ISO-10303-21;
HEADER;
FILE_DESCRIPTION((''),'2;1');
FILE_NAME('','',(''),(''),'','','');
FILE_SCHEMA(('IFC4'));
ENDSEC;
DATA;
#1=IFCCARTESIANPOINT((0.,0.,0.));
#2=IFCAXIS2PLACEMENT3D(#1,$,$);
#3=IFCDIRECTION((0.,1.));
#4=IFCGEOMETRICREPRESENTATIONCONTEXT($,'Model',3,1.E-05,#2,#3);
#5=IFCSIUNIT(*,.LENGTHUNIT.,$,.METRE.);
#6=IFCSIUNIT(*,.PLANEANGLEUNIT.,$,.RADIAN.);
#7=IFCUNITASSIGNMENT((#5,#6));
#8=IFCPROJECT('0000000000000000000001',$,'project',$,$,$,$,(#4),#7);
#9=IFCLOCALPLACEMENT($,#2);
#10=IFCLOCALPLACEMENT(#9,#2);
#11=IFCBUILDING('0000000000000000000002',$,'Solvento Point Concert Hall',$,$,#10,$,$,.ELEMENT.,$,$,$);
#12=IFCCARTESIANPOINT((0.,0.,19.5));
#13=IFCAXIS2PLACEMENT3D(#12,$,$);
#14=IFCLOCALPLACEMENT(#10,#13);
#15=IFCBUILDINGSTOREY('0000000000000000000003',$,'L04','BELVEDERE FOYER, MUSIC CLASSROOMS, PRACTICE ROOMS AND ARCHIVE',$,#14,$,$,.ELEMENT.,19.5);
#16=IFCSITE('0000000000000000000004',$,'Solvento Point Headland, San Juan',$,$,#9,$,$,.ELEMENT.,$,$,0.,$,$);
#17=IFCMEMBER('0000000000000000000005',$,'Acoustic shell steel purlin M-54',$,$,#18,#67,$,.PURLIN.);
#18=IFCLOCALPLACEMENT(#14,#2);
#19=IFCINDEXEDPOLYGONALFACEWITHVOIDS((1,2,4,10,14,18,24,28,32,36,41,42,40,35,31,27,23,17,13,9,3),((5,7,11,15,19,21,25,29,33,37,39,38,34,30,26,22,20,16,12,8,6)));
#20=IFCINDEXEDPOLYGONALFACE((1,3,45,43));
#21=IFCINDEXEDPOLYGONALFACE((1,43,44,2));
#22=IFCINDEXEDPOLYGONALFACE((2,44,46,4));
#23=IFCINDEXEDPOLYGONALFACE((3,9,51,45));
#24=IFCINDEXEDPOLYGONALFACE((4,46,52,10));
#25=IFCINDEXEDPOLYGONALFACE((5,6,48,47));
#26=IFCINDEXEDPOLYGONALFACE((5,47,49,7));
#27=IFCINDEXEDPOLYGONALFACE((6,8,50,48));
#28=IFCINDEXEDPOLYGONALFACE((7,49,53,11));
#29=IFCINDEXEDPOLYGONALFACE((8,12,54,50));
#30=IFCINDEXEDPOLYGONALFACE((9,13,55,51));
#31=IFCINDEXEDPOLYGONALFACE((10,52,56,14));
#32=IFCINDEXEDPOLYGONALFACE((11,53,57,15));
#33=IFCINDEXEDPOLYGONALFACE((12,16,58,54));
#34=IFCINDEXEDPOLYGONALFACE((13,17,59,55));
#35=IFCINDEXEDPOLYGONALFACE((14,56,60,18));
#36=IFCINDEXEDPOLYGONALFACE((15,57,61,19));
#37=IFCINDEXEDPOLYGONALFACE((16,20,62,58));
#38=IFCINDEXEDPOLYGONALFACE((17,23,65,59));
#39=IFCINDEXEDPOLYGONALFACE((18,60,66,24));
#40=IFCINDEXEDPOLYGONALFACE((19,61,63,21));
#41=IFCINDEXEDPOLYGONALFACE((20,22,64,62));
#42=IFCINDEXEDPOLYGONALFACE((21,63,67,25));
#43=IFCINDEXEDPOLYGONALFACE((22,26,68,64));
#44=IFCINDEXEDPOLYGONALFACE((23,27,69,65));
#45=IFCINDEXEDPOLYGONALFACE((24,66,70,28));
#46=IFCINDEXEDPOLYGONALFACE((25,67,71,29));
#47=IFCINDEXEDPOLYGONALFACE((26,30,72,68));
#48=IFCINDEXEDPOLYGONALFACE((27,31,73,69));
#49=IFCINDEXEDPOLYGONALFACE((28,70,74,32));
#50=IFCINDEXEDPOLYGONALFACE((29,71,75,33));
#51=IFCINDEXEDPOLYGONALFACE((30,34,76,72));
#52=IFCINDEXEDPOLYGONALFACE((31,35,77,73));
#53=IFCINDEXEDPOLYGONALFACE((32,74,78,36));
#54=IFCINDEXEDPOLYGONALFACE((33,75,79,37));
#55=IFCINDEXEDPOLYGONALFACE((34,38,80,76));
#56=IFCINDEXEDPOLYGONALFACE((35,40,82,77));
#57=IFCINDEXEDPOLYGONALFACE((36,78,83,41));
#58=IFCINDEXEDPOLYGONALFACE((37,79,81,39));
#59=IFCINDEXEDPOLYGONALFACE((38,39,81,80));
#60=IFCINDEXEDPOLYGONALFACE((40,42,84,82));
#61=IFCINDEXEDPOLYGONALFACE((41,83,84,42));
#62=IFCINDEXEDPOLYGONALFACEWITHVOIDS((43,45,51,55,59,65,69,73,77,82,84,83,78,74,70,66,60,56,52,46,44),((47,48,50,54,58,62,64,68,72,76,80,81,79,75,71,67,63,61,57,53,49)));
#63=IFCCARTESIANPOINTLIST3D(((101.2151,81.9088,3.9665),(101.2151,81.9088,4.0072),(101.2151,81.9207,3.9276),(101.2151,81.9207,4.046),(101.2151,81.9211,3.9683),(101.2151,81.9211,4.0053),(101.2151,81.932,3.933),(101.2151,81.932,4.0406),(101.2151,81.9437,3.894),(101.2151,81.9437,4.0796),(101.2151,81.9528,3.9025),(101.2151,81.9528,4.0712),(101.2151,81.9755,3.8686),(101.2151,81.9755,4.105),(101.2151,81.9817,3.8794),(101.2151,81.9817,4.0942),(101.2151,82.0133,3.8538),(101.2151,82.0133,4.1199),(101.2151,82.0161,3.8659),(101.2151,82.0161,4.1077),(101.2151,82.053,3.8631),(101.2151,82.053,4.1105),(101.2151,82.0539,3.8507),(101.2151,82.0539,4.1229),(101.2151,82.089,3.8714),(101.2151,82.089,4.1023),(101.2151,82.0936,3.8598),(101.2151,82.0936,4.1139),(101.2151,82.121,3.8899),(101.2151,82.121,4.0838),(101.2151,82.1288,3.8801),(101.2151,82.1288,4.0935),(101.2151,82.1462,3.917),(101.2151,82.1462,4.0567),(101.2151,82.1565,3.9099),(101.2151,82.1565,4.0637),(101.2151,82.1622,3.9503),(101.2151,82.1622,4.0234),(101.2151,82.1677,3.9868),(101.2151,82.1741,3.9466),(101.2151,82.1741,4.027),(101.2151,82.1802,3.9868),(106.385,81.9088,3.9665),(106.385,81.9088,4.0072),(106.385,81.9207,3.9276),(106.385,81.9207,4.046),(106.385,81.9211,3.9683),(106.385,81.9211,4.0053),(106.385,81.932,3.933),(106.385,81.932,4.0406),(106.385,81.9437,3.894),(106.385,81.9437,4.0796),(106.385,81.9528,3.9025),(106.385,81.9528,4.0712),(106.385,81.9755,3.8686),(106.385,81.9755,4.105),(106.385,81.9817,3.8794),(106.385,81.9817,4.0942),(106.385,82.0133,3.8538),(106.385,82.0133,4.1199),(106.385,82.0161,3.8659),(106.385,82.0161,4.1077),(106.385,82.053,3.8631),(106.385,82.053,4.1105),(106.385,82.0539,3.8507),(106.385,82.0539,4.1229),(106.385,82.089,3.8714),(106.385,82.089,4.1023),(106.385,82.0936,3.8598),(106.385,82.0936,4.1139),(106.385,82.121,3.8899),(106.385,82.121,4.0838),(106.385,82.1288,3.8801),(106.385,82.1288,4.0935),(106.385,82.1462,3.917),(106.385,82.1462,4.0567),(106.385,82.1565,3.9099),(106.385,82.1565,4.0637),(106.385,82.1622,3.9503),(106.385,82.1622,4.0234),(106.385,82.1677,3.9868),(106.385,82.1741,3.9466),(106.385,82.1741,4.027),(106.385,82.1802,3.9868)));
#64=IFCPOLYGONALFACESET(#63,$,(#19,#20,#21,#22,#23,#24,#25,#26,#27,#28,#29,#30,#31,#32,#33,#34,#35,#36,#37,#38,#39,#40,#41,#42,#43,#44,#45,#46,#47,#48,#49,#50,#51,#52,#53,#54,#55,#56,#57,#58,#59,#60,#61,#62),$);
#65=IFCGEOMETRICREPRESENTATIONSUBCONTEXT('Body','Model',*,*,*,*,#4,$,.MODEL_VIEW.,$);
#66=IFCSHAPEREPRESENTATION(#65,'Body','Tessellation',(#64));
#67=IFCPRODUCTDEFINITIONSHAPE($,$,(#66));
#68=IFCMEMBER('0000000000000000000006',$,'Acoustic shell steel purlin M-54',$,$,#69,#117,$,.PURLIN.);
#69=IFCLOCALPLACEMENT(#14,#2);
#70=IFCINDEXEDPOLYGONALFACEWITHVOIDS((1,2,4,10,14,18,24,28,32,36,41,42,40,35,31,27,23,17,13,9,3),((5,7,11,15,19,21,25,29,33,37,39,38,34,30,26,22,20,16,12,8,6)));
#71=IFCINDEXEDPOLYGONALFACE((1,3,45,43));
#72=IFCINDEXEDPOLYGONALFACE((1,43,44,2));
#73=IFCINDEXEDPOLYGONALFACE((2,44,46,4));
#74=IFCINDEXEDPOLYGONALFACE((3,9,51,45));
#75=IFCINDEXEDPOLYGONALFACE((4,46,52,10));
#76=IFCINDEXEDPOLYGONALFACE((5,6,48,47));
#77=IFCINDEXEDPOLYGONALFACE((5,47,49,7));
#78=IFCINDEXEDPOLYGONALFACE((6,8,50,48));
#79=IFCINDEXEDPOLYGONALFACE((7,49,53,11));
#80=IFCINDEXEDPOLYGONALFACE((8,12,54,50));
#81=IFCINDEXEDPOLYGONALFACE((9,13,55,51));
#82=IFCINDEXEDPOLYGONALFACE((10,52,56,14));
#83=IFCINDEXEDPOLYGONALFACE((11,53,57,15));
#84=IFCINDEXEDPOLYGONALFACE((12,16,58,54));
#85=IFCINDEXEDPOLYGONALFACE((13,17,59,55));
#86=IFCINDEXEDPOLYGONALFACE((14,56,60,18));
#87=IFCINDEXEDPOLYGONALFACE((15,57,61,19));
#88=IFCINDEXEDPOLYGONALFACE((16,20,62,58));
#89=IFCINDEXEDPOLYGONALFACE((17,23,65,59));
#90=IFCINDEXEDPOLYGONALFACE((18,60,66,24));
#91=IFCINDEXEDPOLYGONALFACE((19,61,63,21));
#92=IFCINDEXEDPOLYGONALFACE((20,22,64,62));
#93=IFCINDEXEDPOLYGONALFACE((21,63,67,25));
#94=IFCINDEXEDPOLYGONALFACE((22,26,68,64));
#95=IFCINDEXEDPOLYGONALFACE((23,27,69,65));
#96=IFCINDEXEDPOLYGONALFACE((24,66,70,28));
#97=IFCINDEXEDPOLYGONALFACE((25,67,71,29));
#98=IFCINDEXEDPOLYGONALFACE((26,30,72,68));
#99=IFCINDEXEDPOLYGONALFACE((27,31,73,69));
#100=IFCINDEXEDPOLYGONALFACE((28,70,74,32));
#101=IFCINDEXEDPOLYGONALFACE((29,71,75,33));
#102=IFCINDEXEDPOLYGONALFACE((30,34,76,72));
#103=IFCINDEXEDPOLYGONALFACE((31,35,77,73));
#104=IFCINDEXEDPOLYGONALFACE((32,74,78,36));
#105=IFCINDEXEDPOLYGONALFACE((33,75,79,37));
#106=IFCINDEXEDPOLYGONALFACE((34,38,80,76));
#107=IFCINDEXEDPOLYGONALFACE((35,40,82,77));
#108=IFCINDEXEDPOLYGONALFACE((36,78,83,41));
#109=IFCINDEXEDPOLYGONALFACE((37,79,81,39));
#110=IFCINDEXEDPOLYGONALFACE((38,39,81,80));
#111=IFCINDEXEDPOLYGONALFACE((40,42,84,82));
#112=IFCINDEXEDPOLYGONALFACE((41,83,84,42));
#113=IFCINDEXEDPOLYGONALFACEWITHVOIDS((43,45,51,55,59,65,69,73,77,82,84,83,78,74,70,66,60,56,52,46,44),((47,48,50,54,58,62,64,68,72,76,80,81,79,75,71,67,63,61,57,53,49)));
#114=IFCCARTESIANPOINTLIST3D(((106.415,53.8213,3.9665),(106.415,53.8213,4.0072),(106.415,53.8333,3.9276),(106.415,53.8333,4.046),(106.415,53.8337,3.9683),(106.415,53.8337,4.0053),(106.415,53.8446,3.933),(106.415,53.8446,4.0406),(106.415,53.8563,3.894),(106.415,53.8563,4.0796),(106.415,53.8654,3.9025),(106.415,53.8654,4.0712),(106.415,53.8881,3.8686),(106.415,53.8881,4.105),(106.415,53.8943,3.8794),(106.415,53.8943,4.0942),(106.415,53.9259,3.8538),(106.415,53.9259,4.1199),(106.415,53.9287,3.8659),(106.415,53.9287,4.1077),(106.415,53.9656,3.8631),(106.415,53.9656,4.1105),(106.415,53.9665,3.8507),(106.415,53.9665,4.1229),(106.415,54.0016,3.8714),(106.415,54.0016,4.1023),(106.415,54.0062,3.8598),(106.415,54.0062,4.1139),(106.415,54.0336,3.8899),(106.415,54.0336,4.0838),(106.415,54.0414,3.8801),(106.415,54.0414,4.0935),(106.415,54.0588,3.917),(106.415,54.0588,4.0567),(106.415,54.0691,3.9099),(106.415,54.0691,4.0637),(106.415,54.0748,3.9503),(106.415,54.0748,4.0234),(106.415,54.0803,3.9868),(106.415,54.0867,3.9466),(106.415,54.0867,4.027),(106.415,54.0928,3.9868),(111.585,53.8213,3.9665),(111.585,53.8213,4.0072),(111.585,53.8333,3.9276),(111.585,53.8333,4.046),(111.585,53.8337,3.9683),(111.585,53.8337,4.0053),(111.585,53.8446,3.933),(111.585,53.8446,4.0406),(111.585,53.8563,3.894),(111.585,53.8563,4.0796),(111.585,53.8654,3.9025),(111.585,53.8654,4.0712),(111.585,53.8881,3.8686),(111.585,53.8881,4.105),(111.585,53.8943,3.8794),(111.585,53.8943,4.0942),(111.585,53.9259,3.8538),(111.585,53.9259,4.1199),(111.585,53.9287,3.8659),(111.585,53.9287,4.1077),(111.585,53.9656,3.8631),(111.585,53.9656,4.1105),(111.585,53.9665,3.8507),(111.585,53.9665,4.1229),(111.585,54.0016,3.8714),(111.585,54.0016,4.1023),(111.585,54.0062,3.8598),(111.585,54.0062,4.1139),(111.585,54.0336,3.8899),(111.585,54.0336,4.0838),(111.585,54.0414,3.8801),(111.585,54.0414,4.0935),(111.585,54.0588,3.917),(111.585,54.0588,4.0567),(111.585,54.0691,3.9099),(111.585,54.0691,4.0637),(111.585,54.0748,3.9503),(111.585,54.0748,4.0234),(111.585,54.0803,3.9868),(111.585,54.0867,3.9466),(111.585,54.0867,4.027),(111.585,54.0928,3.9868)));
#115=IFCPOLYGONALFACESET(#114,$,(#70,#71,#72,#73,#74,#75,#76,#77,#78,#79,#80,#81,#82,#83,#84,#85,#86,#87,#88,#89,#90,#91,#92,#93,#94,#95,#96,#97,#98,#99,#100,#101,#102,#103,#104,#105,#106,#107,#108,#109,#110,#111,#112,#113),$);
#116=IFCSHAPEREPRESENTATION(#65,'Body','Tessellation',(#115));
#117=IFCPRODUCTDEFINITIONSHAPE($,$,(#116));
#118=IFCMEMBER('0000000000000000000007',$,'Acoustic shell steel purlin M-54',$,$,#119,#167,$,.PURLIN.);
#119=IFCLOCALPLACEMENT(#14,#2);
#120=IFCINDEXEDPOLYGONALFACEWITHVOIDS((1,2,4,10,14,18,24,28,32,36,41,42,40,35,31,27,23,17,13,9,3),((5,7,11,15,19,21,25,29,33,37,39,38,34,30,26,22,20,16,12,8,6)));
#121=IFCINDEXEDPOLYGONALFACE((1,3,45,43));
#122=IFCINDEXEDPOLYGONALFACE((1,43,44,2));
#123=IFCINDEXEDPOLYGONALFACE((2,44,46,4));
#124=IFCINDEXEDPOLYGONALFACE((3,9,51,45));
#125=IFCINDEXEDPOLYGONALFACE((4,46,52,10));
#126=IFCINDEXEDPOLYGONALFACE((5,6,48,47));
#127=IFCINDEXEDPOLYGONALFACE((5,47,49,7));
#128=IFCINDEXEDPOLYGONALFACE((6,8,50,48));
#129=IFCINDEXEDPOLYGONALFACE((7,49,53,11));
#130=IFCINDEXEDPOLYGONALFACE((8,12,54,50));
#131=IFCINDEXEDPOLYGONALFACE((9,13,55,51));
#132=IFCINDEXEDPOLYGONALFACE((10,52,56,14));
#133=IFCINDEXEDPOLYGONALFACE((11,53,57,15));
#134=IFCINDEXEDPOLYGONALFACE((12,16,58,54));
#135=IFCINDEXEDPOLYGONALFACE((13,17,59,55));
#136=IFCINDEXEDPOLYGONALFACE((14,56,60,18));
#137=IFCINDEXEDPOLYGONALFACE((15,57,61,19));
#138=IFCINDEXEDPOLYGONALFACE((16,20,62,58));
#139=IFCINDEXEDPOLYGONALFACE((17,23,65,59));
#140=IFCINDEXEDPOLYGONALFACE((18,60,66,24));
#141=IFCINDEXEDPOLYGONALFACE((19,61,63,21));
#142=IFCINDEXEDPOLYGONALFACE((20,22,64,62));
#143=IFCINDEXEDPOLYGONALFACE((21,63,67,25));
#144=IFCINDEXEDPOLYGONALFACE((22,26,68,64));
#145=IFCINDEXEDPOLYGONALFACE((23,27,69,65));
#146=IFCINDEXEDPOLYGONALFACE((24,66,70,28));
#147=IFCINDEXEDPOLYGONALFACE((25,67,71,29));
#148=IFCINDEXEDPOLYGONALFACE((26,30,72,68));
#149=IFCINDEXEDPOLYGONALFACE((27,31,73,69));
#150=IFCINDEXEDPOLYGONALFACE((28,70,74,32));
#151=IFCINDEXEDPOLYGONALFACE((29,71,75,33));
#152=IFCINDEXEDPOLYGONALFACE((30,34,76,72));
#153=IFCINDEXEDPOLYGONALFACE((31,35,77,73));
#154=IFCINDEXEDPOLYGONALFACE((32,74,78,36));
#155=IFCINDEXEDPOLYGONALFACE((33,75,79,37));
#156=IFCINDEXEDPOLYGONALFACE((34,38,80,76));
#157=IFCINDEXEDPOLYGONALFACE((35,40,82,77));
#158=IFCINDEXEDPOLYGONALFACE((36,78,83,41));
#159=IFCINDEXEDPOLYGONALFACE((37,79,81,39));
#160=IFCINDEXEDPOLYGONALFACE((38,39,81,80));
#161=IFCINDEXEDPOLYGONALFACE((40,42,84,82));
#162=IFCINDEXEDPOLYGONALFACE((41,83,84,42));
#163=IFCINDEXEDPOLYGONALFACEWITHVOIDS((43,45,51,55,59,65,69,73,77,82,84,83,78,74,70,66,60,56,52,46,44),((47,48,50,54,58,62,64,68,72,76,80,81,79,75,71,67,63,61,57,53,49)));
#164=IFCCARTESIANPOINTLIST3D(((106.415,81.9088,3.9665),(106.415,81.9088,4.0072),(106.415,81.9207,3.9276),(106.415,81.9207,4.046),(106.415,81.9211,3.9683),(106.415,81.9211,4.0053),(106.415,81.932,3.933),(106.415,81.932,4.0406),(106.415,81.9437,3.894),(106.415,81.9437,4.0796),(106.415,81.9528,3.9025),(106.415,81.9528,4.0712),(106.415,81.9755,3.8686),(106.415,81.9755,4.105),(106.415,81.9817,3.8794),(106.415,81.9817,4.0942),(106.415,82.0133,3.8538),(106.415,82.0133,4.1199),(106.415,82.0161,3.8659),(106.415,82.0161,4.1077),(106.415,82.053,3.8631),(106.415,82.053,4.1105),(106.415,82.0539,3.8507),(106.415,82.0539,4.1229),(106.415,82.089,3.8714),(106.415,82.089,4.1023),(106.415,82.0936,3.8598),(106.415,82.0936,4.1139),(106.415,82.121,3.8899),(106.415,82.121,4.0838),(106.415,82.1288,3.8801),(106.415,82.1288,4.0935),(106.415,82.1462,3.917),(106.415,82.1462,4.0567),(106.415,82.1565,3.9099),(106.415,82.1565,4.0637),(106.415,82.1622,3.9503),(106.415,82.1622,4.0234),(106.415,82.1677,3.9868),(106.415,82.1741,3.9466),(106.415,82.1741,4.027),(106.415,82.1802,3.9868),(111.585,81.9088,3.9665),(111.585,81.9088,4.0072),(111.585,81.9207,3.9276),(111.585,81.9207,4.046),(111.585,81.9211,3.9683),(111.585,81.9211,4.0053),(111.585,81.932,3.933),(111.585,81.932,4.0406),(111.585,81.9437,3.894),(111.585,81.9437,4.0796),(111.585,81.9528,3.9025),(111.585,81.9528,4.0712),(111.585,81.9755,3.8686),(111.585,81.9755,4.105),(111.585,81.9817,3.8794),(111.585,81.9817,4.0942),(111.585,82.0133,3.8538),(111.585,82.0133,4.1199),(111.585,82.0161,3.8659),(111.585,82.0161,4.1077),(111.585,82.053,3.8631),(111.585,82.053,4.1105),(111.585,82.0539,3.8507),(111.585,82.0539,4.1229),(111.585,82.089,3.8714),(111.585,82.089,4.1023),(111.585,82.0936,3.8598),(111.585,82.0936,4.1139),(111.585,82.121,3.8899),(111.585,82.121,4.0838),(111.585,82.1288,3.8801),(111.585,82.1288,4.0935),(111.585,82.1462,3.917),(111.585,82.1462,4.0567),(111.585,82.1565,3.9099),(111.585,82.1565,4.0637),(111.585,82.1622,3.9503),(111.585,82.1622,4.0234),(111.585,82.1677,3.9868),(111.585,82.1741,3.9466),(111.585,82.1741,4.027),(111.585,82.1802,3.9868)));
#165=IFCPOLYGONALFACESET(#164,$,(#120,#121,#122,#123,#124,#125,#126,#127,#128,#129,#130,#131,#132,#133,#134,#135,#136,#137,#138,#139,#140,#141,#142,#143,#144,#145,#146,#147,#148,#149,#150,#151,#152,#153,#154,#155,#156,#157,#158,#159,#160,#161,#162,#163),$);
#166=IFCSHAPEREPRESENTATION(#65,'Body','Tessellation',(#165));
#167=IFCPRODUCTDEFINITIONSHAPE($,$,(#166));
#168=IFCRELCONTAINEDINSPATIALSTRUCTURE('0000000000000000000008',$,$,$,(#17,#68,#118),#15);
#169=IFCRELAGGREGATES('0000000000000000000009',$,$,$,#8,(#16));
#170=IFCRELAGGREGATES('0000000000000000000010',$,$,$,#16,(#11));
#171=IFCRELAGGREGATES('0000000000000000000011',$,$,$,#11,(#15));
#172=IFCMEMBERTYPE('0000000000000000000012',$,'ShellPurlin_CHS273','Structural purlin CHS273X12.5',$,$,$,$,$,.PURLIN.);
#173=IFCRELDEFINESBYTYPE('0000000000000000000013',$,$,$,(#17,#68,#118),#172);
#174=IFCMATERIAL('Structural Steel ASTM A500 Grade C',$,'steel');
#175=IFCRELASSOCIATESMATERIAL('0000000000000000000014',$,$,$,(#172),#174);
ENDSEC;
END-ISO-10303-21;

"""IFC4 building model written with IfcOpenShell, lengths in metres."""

from ifc_helpers import new_model, si_unit, direction, frame, origin, origin_2d, place, context, subcontext, project, spatial, hollow_circle, extrude, material, material_profile, profile_set, type_object, element, save


model = new_model("IFC4")

# Units and contexts
model_context = context("Model", 3, precision=1e-05, world=origin(), true_north=direction((0.0, 1.0)))
body_context = subcontext(model_context, "Body", "Model", "MODEL_VIEW")
ifc_project = project(units=[si_unit("LENGTHUNIT", "METRE"), si_unit("PLANEANGLEUNIT", "RADIAN")], contexts=[model_context])

# Site, building, storey
site_placement = place(None, origin())
site = spatial("IfcSite", under=ifc_project, at=site_placement, Name="Solvento Point Headland, San Juan", CompositionType="ELEMENT", RefElevation=0.0)
building_placement = place(site_placement, origin())
building = spatial("IfcBuilding", under=site, at=building_placement, Name="Solvento Point Concert Hall", CompositionType="ELEMENT")
storey_placement = place(building_placement, frame((0.0, 0.0, 19.5)))
storey = spatial("IfcBuildingStorey", under=building, at=storey_placement, Name="L04", Description="BELVEDERE FOYER, MUSIC CLASSROOMS, PRACTICE ROOMS AND ARCHIVE", CompositionType="ELEMENT", Elevation=19.5)

# Members
ifc_material_1 = material(Name="Structural Steel ASTM A500 Grade C", Category="steel")
ifc_material_profile_1 = material_profile(ifc_material_1, hollow_circle(Radius=0.1365, WallThickness=0.0125, at=origin_2d()), Name="CHS273X12.5")
ifc_profile_set_1 = profile_set([ifc_material_profile_1], Name="Structural Steel ASTM A500 Grade C")
member_type_1 = type_object("IfcMemberType", Name="ShellPurlin_CHS273", Description="Structural purlin CHS273X12.5", PredefinedType="PURLIN", material=ifc_profile_set_1)
for number, where, z_axis, x_axis, name in (
    (1, (101.2151, 82.0437, 3.9868), (1.0, 0.0, 0.0), (0.0, 1.0, 0.0), "Acoustic shell steel purlin M-54"),
    (2, (106.415, 53.9563, 3.9868), (1.0, 0.0, 0.0), (0.0, 1.0, 0.0), "Acoustic shell steel purlin M-54"),
    (3, (106.415, 82.0437, 3.9868), (1.0, 0.0, 0.0), (0.0, 1.0, 0.0), "Acoustic shell steel purlin M-54"),
):
    element("IfcMember", number, at=place(storey_placement, frame(where, z_axis=z_axis, x_axis=x_axis)), inside=storey, type_object=member_type_1, Name=name, PredefinedType="PURLIN", context=body_context, shape_type="SweptSolid", body=[
        extrude(hollow_circle(Radius=0.1365, WallThickness=0.0125, at=origin_2d()), origin(), (0.0, 0.0, 1.0), 5.1699),
    ])

save(model, "model.ifc")
